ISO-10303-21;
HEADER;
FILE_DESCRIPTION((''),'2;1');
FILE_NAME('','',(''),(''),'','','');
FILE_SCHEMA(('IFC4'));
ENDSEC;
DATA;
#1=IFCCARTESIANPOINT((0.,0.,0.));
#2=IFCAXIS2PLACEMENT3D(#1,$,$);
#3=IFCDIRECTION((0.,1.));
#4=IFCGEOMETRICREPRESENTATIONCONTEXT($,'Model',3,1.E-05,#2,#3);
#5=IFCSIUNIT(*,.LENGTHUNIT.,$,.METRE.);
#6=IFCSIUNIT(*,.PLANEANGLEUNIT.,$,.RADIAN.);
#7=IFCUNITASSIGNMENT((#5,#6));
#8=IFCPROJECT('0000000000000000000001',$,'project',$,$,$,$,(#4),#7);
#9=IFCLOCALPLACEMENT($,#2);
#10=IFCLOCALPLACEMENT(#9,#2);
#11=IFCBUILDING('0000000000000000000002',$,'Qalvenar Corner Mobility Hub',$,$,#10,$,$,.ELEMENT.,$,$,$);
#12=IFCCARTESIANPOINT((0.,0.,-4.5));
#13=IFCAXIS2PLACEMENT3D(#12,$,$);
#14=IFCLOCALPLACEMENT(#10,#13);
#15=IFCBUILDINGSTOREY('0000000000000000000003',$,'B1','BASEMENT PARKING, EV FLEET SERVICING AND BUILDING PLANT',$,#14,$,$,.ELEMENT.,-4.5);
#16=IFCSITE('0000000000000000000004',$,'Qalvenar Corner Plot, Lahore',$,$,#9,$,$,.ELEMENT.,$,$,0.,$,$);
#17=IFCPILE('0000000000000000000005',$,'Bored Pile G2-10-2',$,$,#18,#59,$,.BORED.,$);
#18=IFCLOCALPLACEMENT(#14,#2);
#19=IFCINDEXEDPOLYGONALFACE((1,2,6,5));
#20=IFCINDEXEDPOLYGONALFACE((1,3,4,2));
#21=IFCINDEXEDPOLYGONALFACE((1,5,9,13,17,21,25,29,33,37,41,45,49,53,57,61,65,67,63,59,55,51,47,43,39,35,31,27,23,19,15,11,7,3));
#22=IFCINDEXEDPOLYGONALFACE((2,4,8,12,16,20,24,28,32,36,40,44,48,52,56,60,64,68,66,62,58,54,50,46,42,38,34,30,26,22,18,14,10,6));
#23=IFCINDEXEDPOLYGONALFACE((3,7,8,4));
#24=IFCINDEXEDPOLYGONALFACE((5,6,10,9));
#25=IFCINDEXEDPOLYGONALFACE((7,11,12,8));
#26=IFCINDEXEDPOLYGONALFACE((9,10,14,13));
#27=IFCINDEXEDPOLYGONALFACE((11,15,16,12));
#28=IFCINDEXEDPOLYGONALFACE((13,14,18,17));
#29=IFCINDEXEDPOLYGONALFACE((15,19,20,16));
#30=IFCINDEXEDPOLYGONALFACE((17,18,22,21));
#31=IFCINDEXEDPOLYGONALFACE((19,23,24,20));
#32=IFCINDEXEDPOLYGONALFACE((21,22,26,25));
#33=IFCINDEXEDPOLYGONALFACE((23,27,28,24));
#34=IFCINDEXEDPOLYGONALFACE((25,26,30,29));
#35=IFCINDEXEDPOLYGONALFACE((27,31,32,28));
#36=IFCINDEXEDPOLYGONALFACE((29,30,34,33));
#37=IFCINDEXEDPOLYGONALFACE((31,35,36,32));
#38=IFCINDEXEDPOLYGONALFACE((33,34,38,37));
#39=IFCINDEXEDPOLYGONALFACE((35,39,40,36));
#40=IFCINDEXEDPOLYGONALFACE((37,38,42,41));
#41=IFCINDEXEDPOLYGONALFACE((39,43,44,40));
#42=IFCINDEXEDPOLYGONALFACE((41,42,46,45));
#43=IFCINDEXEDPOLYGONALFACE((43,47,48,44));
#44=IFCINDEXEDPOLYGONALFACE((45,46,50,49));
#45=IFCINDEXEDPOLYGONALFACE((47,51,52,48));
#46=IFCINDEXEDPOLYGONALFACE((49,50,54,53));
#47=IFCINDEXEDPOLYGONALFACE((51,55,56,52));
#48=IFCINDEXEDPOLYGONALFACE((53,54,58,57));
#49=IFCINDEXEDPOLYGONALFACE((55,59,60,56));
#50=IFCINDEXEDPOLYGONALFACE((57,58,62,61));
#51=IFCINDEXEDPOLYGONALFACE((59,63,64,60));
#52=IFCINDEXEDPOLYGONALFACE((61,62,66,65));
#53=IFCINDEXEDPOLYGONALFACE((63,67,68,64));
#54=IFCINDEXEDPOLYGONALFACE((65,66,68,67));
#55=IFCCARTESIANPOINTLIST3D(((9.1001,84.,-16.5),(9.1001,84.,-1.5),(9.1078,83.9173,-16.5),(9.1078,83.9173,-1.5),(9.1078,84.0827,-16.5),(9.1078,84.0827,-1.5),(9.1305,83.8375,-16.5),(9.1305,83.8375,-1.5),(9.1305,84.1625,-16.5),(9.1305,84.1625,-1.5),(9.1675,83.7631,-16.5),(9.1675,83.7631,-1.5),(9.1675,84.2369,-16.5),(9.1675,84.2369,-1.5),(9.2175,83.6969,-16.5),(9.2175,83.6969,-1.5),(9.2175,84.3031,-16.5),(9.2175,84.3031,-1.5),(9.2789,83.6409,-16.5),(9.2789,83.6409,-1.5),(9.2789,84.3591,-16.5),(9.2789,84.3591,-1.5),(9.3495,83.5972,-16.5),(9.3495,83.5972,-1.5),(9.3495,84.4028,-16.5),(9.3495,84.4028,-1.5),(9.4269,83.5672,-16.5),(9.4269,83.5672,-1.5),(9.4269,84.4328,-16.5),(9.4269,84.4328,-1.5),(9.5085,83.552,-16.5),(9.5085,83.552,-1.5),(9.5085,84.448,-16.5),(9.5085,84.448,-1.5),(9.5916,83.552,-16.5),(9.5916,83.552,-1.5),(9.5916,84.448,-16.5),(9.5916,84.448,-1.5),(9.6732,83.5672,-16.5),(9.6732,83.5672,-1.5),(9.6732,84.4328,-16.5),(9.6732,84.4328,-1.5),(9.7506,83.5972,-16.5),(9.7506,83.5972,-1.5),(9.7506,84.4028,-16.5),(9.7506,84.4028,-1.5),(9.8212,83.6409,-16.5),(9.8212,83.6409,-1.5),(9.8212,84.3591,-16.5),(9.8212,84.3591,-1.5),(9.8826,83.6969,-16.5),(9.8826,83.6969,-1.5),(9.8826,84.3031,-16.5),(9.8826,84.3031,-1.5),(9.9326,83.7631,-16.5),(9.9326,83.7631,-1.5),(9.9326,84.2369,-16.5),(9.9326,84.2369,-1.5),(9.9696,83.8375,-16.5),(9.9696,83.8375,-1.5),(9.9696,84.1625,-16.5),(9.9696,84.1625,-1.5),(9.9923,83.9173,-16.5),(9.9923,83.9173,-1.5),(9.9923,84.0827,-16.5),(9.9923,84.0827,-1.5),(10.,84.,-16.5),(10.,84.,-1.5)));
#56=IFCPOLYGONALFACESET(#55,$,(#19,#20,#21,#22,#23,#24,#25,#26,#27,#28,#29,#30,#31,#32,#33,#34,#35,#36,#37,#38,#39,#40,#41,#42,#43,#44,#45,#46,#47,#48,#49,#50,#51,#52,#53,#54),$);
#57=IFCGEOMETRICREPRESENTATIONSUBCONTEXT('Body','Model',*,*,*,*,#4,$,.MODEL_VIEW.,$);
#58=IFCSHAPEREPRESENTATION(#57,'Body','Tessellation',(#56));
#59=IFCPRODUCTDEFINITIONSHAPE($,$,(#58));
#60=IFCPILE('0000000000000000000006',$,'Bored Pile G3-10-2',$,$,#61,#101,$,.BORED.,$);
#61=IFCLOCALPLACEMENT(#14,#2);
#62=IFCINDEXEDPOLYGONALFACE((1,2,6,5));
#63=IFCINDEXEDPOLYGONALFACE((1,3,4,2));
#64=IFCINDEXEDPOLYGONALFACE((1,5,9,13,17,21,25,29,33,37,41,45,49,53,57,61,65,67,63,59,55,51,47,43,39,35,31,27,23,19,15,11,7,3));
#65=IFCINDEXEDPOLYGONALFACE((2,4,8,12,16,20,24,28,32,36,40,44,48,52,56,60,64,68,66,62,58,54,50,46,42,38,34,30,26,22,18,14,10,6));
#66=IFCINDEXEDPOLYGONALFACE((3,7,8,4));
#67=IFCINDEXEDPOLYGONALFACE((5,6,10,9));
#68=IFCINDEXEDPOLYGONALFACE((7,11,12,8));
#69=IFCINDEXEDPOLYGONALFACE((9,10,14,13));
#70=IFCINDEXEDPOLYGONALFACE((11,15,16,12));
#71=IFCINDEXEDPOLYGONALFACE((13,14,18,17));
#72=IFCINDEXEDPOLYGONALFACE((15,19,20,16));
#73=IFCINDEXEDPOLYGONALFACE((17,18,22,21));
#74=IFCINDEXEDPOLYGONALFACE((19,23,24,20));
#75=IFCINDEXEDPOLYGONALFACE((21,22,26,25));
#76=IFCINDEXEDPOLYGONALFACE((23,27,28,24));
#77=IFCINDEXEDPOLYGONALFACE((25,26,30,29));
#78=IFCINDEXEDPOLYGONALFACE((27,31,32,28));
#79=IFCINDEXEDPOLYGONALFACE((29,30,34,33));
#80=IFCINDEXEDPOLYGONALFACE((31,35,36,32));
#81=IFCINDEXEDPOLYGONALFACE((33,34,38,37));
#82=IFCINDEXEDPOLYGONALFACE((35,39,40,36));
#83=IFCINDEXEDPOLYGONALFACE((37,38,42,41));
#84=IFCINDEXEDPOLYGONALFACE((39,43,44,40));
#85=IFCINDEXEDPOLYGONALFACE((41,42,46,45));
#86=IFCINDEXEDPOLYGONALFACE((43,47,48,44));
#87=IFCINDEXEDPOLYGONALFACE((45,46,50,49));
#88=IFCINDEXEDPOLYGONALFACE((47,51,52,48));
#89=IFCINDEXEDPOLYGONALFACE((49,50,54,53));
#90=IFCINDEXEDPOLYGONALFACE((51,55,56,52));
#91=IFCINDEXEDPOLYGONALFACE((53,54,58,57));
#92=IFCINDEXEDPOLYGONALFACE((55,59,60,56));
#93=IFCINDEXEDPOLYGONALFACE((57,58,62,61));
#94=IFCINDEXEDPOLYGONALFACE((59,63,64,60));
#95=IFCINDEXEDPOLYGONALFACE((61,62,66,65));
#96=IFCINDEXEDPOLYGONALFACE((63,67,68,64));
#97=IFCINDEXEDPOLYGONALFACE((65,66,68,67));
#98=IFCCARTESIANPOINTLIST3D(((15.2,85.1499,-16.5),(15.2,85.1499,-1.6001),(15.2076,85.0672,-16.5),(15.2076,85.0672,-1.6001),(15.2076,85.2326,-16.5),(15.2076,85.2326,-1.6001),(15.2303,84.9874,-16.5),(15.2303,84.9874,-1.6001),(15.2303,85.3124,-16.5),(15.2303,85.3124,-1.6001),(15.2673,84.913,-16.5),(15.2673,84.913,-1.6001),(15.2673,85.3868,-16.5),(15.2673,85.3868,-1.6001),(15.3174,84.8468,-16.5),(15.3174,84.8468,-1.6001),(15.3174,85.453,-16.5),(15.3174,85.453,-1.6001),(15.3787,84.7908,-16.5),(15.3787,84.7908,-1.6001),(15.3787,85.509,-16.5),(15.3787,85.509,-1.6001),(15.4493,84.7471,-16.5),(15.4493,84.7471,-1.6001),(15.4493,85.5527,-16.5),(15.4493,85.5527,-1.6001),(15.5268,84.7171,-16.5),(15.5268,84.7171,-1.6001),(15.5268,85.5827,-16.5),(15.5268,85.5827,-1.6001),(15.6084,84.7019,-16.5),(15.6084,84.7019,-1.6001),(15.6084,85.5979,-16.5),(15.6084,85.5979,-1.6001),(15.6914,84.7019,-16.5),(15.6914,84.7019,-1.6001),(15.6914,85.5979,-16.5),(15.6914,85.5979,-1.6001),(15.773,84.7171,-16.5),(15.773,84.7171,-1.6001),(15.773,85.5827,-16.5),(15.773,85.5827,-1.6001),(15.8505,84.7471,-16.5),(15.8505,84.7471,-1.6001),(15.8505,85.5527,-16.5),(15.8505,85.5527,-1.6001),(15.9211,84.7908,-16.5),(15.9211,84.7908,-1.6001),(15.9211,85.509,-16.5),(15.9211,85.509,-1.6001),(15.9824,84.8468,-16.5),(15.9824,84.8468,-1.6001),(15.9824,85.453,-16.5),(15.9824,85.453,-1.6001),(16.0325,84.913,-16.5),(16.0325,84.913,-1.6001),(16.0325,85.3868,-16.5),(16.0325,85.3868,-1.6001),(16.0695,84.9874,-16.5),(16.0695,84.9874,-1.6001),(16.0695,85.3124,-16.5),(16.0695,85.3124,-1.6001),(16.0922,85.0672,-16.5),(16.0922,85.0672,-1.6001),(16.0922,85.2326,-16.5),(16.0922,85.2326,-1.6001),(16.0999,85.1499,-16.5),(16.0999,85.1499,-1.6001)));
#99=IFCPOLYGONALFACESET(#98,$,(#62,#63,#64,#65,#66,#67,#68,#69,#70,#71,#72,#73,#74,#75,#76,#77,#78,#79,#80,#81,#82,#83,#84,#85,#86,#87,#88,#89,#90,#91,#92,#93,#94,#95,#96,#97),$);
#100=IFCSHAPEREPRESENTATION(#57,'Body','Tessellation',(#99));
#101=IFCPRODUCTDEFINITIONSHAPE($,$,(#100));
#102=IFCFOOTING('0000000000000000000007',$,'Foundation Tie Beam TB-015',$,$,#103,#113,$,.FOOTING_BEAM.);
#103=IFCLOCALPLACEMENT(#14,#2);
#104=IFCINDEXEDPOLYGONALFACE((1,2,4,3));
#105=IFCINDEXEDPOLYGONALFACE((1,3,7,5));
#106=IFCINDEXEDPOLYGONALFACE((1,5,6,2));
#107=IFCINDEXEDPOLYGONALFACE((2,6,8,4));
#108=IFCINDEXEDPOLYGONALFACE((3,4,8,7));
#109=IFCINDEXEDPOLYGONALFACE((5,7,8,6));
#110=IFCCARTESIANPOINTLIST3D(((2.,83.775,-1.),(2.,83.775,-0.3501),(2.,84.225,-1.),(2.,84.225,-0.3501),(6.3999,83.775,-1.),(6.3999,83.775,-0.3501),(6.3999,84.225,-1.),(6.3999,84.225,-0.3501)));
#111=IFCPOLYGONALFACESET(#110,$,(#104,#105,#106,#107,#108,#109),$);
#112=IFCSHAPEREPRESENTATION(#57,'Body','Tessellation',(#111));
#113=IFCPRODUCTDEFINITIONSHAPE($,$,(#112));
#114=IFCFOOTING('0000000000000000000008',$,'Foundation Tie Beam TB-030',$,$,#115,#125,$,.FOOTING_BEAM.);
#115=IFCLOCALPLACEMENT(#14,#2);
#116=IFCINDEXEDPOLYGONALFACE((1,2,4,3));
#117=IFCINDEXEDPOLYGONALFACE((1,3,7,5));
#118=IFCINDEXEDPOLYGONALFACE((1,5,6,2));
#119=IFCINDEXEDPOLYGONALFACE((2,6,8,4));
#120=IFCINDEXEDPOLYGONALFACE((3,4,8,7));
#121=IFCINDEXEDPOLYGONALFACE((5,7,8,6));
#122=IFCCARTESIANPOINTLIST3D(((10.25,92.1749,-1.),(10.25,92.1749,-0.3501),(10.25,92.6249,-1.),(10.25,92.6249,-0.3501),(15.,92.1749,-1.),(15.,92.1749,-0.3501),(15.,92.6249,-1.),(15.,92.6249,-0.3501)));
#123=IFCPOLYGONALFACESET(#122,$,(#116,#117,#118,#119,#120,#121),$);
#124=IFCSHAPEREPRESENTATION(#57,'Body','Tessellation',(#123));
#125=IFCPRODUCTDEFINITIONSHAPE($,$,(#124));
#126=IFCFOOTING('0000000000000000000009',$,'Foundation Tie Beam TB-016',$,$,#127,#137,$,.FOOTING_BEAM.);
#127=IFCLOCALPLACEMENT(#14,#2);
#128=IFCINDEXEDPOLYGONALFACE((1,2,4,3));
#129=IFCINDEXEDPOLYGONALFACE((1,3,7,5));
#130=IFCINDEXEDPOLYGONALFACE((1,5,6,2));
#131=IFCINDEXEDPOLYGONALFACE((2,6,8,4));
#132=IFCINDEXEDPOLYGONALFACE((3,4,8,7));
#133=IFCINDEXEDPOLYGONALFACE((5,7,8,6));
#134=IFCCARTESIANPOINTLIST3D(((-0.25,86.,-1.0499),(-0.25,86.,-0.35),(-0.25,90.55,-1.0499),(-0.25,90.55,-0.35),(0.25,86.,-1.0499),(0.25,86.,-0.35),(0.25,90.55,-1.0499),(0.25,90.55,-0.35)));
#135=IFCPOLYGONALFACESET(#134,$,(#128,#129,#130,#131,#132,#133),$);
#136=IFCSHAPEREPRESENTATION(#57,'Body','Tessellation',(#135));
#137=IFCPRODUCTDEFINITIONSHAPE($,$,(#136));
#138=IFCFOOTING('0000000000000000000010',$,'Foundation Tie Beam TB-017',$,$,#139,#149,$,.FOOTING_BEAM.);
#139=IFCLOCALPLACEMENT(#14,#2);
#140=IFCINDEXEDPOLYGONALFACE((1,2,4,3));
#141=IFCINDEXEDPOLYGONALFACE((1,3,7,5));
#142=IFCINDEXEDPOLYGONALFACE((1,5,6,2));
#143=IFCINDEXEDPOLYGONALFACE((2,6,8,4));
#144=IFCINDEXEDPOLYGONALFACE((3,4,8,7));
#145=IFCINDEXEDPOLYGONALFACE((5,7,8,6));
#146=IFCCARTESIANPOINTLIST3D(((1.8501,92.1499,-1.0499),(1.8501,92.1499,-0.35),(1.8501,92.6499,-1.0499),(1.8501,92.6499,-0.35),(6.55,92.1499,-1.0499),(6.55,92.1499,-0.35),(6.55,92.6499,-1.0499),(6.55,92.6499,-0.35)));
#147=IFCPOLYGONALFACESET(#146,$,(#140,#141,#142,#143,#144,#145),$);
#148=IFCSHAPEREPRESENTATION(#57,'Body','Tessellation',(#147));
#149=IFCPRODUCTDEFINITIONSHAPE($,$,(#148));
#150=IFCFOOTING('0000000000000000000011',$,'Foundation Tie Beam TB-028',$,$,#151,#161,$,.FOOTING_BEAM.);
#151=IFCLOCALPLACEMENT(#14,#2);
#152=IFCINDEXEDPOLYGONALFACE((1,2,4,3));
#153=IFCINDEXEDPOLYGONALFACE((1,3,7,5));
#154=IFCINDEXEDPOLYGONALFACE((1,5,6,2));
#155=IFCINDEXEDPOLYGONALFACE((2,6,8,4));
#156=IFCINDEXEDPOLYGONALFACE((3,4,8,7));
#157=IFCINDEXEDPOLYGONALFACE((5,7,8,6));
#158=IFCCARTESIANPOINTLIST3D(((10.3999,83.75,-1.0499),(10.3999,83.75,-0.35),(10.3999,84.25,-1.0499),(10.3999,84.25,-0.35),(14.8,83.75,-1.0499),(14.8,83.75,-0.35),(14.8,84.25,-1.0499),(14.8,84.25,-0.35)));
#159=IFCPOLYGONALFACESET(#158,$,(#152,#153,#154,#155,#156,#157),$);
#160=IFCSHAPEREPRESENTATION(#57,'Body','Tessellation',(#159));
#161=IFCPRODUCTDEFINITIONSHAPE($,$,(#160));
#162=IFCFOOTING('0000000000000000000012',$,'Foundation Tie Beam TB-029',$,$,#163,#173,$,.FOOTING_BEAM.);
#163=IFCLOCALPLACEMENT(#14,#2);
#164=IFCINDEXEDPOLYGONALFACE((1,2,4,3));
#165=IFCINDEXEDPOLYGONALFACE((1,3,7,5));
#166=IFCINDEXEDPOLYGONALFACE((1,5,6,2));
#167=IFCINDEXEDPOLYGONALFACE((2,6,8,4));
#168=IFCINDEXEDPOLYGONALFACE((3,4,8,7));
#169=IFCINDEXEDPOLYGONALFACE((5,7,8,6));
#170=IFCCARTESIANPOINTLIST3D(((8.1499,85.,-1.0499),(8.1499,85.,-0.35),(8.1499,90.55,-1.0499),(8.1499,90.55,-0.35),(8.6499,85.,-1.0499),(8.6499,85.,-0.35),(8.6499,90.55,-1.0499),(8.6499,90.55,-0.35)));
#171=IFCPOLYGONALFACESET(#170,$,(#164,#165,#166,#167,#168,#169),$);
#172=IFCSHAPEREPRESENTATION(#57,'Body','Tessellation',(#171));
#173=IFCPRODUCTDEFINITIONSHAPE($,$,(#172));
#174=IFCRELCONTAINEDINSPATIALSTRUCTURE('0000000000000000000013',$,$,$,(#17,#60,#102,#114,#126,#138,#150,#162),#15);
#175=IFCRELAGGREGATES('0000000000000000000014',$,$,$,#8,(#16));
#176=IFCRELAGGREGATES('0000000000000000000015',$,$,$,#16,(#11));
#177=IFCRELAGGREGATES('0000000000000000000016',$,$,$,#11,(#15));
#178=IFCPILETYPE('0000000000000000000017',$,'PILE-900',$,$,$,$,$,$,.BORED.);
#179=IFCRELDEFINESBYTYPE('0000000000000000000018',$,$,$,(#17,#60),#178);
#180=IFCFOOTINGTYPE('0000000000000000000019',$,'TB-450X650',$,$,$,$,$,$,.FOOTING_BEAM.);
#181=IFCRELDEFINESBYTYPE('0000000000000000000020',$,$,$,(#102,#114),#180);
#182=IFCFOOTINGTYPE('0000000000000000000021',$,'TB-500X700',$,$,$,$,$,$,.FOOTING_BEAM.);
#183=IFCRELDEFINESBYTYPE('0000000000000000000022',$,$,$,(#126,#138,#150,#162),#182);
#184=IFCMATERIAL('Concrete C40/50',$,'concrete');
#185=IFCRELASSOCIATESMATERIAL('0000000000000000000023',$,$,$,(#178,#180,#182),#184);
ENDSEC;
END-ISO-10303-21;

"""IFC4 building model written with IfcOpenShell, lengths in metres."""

from ifc_helpers import new_model, si_unit, direction, frame, origin, origin_2d, place, context, subcontext, project, spatial, rectangle, circle, extrude, material, material_profile, profile_set, type_object, element, save


model = new_model("IFC4")

# Units and contexts
model_context = context("Model", 3, precision=1e-05, world=origin(), true_north=direction((0.0, 1.0)))
body_context = subcontext(model_context, "Body", "Model", "MODEL_VIEW")
ifc_project = project(units=[si_unit("LENGTHUNIT", "METRE"), si_unit("PLANEANGLEUNIT", "RADIAN")], contexts=[model_context])

# Site, building, storey
site_placement = place(None, origin())
site = spatial("IfcSite", under=ifc_project, at=site_placement, Name="Qalvenar Corner Plot, Lahore", CompositionType="ELEMENT", RefElevation=0.0)
building_placement = place(site_placement, origin())
building = spatial("IfcBuilding", under=site, at=building_placement, Name="Qalvenar Corner Mobility Hub", CompositionType="ELEMENT")
storey_placement = place(building_placement, frame((0.0, 0.0, -4.5)))
storey = spatial("IfcBuildingStorey", under=building, at=storey_placement, Name="B1", Description="BASEMENT PARKING, EV FLEET SERVICING AND BUILDING PLANT", CompositionType="ELEMENT", Elevation=-4.5)

# Shared definitions
ifc_material_1 = material(Name="Concrete C40/50", Category="concrete")

# Piles
ifc_material_profile_1 = material_profile(ifc_material_1, circle(Radius=0.45, at=origin_2d()), Name="DIA900")
ifc_profile_set_1 = profile_set([ifc_material_profile_1], Name="Concrete C40/50")
pile_type_1 = type_object("IfcPileType", Name="PILE-900", PredefinedType="BORED", material=ifc_profile_set_1)
for number, where, z_axis, x_axis, name in (
    (1, (9.55, 84.0, -1.5), (0.0, 0.0, -1.0), (1.0, 0.0, 0.0), "Bored Pile G2-10-2"),
):
    element("IfcPile", number, at=place(storey_placement, frame(where, z_axis=z_axis, x_axis=x_axis)), inside=storey, type_object=pile_type_1, Name=name, PredefinedType="BORED", context=body_context, shape_type="SweptSolid", body=[
        extrude(circle(Radius=0.45, at=origin_2d()), origin(), (0.0, 0.0, 1.0), 15.0),
    ])
pile_placement = place(storey_placement, frame((15.6499, 85.1499, -1.6001), z_axis=(0.0, 0.0, -1.0), x_axis=(1.0, 0.0, 0.0)))
element("IfcPile", 2, at=pile_placement, inside=storey, type_object=pile_type_1, Name="Bored Pile G3-10-2", PredefinedType="BORED", context=body_context, shape_type="SweptSolid", body=[
    extrude(circle(Radius=0.45, at=origin_2d()), origin(), (0.0, 0.0, 1.0), 14.8999),
])

# Footings
ifc_material_profile_2 = material_profile(ifc_material_1, rectangle(XDim=0.45, YDim=0.6499, at=origin_2d()), Name="RC450x650")
ifc_profile_set_2 = profile_set([ifc_material_profile_2], Name="Concrete C40/50")
footing_type_1 = type_object("IfcFootingType", Name="TB-450X650", PredefinedType="FOOTING_BEAM", material=ifc_profile_set_2)
footing_1_placement = place(storey_placement, frame((2.0, 84.0, -0.675), z_axis=(1.0, 0.0, 0.0), x_axis=(0.0, 1.0, 0.0)))
element("IfcFooting", 3, at=footing_1_placement, inside=storey, type_object=footing_type_1, Name="Foundation Tie Beam TB-015", PredefinedType="FOOTING_BEAM", context=body_context, shape_type="SweptSolid", body=[
    extrude(rectangle(XDim=0.45, YDim=0.6499, at=origin_2d()), origin(), (0.0, 0.0, 1.0), 4.3999),
])
footing_2_placement = place(storey_placement, frame((10.25, 92.3999, -0.675), z_axis=(1.0, 0.0, 0.0), x_axis=(0.0, 1.0, 0.0)))
element("IfcFooting", 4, at=footing_2_placement, inside=storey, type_object=footing_type_1, Name="Foundation Tie Beam TB-030", PredefinedType="FOOTING_BEAM", context=body_context, shape_type="SweptSolid", body=[
    extrude(rectangle(XDim=0.45, YDim=0.6499, at=origin_2d()), origin(), (0.0, 0.0, 1.0), 4.75),
])
ifc_material_profile_3 = material_profile(ifc_material_1, rectangle(XDim=0.5, YDim=0.7, at=origin_2d()), Name="RC500x700")
ifc_profile_set_3 = profile_set([ifc_material_profile_3], Name="Concrete C40/50")
footing_type_2 = type_object("IfcFootingType", Name="TB-500X700", PredefinedType="FOOTING_BEAM", material=ifc_profile_set_3)
footing_3_placement = place(storey_placement, frame((0.0, 86.0, -0.7), z_axis=(0.0, 1.0, 0.0), x_axis=(-1.0, 0.0, 0.0)))
element("IfcFooting", 5, at=footing_3_placement, inside=storey, type_object=footing_type_2, Name="Foundation Tie Beam TB-016", PredefinedType="FOOTING_BEAM", context=body_context, shape_type="SweptSolid", body=[
    extrude(rectangle(XDim=0.5, YDim=0.7, at=origin_2d()), origin(), (0.0, 0.0, 1.0), 4.55),
])
footing_4_placement = place(storey_placement, frame((1.8501, 92.3999, -0.7), z_axis=(1.0, 0.0, 0.0), x_axis=(0.0, 1.0, 0.0)))
element("IfcFooting", 6, at=footing_4_placement, inside=storey, type_object=footing_type_2, Name="Foundation Tie Beam TB-017", PredefinedType="FOOTING_BEAM", context=body_context, shape_type="SweptSolid", body=[
    extrude(rectangle(XDim=0.5, YDim=0.7, at=origin_2d()), origin(), (0.0, 0.0, 1.0), 4.7),
])
footing_5_placement = place(storey_placement, frame((10.3999, 84.0, -0.7), z_axis=(1.0, 0.0, 0.0), x_axis=(0.0, 1.0, 0.0)))
element("IfcFooting", 7, at=footing_5_placement, inside=storey, type_object=footing_type_2, Name="Foundation Tie Beam TB-028", PredefinedType="FOOTING_BEAM", context=body_context, shape_type="SweptSolid", body=[
    extrude(rectangle(XDim=0.5, YDim=0.7, at=origin_2d()), origin(), (0.0, 0.0, 1.0), 4.4001),
])
footing_6_placement = place(storey_placement, frame((8.3999, 85.0, -0.7), z_axis=(0.0, 1.0, 0.0), x_axis=(-1.0, 0.0, 0.0)))
element("IfcFooting", 8, at=footing_6_placement, inside=storey, type_object=footing_type_2, Name="Foundation Tie Beam TB-029", PredefinedType="FOOTING_BEAM", context=body_context, shape_type="SweptSolid", body=[
    extrude(rectangle(XDim=0.5, YDim=0.7, at=origin_2d()), origin(), (0.0, 0.0, 1.0), 5.55),
])

save(model, "model.ifc")
